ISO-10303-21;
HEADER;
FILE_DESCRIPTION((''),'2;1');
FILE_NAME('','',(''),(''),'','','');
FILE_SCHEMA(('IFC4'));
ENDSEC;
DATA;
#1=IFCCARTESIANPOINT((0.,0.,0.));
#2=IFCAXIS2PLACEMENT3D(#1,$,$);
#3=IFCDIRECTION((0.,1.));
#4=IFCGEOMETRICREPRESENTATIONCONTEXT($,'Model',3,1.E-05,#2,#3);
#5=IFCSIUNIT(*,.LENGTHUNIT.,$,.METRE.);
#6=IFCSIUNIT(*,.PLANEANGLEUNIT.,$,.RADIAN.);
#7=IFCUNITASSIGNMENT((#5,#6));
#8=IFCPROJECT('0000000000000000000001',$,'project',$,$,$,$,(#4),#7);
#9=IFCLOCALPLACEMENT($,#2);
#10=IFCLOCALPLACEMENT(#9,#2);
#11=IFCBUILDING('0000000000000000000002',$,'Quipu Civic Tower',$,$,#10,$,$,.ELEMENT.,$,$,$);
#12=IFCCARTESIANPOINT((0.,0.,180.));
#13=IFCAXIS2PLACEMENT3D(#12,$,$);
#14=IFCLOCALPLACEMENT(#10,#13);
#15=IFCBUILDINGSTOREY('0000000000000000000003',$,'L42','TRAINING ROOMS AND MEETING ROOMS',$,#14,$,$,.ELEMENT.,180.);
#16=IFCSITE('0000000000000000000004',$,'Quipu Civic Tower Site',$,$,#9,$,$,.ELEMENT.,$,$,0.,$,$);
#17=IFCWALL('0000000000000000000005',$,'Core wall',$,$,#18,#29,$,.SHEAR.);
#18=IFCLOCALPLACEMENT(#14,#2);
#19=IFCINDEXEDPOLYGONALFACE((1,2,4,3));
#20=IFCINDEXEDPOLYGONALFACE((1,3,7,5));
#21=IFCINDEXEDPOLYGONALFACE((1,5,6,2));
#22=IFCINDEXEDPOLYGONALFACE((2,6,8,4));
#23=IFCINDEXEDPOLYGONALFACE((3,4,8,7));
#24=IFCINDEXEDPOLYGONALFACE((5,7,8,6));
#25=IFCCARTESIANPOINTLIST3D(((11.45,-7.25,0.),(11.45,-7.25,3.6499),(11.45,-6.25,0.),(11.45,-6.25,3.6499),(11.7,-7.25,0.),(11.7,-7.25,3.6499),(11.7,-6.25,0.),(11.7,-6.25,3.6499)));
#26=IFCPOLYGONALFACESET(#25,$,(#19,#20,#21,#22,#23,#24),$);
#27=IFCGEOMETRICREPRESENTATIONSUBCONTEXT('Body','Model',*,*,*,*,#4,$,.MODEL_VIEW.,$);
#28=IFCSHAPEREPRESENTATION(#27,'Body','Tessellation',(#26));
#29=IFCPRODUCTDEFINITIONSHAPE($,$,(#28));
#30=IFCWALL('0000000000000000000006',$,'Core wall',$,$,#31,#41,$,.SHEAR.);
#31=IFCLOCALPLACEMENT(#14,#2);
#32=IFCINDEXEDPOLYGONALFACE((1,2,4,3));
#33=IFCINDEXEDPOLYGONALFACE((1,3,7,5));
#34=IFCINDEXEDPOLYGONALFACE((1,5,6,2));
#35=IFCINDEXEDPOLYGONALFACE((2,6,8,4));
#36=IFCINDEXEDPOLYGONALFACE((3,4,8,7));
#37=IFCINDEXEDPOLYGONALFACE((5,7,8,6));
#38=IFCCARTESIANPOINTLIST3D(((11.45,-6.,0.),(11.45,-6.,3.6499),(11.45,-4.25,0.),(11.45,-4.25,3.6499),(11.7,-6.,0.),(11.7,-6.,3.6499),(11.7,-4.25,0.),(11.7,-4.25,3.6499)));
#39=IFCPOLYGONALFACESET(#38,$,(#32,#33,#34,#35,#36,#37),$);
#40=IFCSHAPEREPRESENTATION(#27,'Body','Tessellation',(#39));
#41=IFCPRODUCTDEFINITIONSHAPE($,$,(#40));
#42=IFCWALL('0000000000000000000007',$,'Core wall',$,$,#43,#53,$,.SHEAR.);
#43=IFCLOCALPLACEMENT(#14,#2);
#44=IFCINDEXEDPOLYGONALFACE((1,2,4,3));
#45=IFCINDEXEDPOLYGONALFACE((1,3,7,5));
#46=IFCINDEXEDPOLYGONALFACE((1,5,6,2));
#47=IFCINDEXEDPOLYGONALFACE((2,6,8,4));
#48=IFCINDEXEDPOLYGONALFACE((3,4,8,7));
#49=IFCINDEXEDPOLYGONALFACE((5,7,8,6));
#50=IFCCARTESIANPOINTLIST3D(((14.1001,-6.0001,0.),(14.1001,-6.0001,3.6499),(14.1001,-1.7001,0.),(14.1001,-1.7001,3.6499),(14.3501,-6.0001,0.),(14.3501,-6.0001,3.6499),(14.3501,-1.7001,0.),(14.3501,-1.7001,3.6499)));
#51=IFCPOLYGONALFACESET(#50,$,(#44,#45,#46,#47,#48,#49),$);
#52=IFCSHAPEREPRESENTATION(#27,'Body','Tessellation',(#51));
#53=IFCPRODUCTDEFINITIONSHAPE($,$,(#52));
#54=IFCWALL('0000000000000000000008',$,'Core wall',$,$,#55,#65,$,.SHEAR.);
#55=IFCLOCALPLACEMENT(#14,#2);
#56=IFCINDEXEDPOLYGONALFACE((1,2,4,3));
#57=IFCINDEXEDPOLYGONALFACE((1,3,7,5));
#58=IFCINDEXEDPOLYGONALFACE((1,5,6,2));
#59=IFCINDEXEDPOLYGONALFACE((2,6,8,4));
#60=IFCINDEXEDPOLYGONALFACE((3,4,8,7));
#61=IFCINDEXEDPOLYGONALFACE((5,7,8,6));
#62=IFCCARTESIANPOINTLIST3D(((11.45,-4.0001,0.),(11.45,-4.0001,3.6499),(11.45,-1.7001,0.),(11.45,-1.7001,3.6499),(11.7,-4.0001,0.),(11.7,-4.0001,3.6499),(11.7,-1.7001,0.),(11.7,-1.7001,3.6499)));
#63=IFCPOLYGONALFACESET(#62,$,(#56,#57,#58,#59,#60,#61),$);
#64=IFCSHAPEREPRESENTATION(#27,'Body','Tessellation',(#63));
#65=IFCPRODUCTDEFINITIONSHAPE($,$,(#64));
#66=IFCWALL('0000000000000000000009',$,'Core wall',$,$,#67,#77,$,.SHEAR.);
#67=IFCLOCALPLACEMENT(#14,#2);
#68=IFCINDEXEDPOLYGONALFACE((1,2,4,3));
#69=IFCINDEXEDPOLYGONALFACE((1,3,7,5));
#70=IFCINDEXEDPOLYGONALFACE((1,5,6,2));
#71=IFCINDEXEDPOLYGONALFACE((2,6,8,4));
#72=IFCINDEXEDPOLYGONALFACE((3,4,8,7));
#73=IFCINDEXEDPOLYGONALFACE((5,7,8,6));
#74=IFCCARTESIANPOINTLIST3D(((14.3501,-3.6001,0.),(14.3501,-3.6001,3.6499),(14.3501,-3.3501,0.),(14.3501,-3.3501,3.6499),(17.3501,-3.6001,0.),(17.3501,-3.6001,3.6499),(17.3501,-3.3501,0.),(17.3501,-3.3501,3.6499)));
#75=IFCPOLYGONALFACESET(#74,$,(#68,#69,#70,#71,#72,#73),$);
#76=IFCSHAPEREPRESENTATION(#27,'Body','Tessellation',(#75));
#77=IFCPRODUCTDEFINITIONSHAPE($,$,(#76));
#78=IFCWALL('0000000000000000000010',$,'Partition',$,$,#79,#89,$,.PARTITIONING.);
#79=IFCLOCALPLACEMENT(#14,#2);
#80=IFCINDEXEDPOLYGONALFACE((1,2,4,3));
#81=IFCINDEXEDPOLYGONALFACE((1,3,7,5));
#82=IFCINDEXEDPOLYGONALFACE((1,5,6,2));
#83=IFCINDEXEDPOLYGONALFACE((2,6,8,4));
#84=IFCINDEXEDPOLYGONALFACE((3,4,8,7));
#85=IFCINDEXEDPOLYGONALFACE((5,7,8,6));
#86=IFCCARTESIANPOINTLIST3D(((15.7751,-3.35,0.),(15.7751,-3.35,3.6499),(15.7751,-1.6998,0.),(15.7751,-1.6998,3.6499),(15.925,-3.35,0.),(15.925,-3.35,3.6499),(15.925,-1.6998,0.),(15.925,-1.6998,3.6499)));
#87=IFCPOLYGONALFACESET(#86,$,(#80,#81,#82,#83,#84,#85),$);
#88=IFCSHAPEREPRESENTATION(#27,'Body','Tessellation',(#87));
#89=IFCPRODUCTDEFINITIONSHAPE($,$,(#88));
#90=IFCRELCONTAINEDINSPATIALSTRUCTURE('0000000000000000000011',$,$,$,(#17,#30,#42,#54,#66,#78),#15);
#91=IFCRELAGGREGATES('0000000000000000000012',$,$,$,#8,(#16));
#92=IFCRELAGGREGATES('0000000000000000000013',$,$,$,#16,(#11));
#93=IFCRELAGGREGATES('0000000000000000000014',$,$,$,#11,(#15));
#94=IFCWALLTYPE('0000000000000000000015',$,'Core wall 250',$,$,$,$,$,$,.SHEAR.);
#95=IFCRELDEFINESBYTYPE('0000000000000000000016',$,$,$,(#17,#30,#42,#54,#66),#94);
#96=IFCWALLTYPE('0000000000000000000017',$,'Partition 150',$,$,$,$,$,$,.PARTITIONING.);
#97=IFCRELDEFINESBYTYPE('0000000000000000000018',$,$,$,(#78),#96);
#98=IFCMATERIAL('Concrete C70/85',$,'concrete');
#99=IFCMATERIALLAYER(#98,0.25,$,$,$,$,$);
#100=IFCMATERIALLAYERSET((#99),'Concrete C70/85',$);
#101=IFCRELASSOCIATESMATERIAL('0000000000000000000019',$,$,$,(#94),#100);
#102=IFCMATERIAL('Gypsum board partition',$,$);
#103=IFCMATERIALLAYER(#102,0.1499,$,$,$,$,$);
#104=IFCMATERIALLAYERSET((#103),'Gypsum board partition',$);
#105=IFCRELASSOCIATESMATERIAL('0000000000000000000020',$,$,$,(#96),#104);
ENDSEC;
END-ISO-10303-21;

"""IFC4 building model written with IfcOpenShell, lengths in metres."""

from ifc_helpers import new_model, si_unit, direction, frame, frame_2d, origin, place, context, subcontext, project, spatial, rectangle, extrude, material, layer, layer_set, type_object, element, save


model = new_model("IFC4")

# Units and contexts
model_context = context("Model", 3, precision=1e-05, world=origin(), true_north=direction((0.0, 1.0)))
body_context = subcontext(model_context, "Body", "Model", "MODEL_VIEW")
ifc_project = project(units=[si_unit("LENGTHUNIT", "METRE"), si_unit("PLANEANGLEUNIT", "RADIAN")], contexts=[model_context])

# Site, building, storey
site_placement = place(None, origin())
site = spatial("IfcSite", under=ifc_project, at=site_placement, Name="Quipu Civic Tower Site", CompositionType="ELEMENT", RefElevation=0.0)
building_placement = place(site_placement, origin())
building = spatial("IfcBuilding", under=site, at=building_placement, Name="Quipu Civic Tower", CompositionType="ELEMENT")
storey_placement = place(building_placement, frame((0.0, 0.0, 180.0)))
storey = spatial("IfcBuildingStorey", under=building, at=storey_placement, Name="L42", Description="TRAINING ROOMS AND MEETING ROOMS", CompositionType="ELEMENT", Elevation=180.0)

# Walls
ifc_material_1 = material(Name="Concrete C70/85", Category="concrete")
ifc_layer_1 = layer(ifc_material_1, 0.25)
ifc_layer_set_1 = layer_set([ifc_layer_1], Name="Concrete C70/85")
wall_type_1 = type_object("IfcWallType", Name="Core wall 250", PredefinedType="SHEAR", material=ifc_layer_set_1)
wall_1_placement = place(storey_placement, frame((11.575, -7.25, 0.0), z_axis=(0.0, 0.0, 1.0), x_axis=(0.0, 1.0, 0.0)))
element("IfcWall", 1, at=wall_1_placement, inside=storey, type_object=wall_type_1, Name="Core wall", PredefinedType="SHEAR", context=body_context, shape_type="SweptSolid", body=[
    extrude(rectangle(XDim=1.0, YDim=0.25, at=frame_2d((0.5, 0.0))), origin(), (0.0, 0.0, 1.0), 3.6499),
])
wall_2_placement = place(storey_placement, frame((11.575, -6.0, 0.0), z_axis=(0.0, 0.0, 1.0), x_axis=(0.0, 1.0, 0.0)))
element("IfcWall", 2, at=wall_2_placement, inside=storey, type_object=wall_type_1, Name="Core wall", PredefinedType="SHEAR", context=body_context, shape_type="SweptSolid", body=[
    extrude(rectangle(XDim=1.75, YDim=0.25, at=frame_2d((0.875, 0.0))), origin(), (0.0, 0.0, 1.0), 3.6499),
])
wall_3_placement = place(storey_placement, frame((14.2251, -6.0, 0.0), z_axis=(0.0, 0.0, 1.0), x_axis=(0.0, 1.0, 0.0)))
element("IfcWall", 3, at=wall_3_placement, inside=storey, type_object=wall_type_1, Name="Core wall", PredefinedType="SHEAR", context=body_context, shape_type="SweptSolid", body=[
    extrude(rectangle(XDim=4.3, YDim=0.25, at=frame_2d((2.1499, 0.0))), origin(), (0.0, 0.0, 1.0), 3.6499),
])
wall_4_placement = place(storey_placement, frame((11.575, -4.0, 0.0), z_axis=(0.0, 0.0, 1.0), x_axis=(0.0, 1.0, 0.0)))
element("IfcWall", 4, at=wall_4_placement, inside=storey, type_object=wall_type_1, Name="Core wall", PredefinedType="SHEAR", context=body_context, shape_type="SweptSolid", body=[
    extrude(rectangle(XDim=2.3, YDim=0.25, at=frame_2d((1.1499, 0.0))), origin(), (0.0, 0.0, 1.0), 3.6499),
])
wall_5_placement = place(storey_placement, frame((14.3501, -3.4751, 0.0), z_axis=(0.0, 0.0, 1.0), x_axis=(1.0, 0.0, 0.0)))
element("IfcWall", 5, at=wall_5_placement, inside=storey, type_object=wall_type_1, Name="Core wall", PredefinedType="SHEAR", context=body_context, shape_type="SweptSolid", body=[
    extrude(rectangle(XDim=3.0, YDim=0.25, at=frame_2d((1.5, 0.0))), origin(), (0.0, 0.0, 1.0), 3.6499),
])
ifc_material_2 = material(Name="Gypsum board partition")
ifc_layer_2 = layer(ifc_material_2, 0.1499)
ifc_layer_set_2 = layer_set([ifc_layer_2], Name="Gypsum board partition")
wall_type_2 = type_object("IfcWallType", Name="Partition 150", PredefinedType="PARTITIONING", material=ifc_layer_set_2)
wall_6_placement = place(storey_placement, frame((15.8501, -3.3501, 0.0), z_axis=(0.0, 0.0, 1.0), x_axis=(0.0, 1.0, 0.0)))
element("IfcWall", 6, at=wall_6_placement, inside=storey, type_object=wall_type_2, Name="Partition", PredefinedType="PARTITIONING", context=body_context, shape_type="SweptSolid", body=[
    extrude(rectangle(XDim=1.6501, YDim=0.1499, at=frame_2d((0.8252, 0.0))), origin(), (0.0, 0.0, 1.0), 3.6499),
])

save(model, "model.ifc")
